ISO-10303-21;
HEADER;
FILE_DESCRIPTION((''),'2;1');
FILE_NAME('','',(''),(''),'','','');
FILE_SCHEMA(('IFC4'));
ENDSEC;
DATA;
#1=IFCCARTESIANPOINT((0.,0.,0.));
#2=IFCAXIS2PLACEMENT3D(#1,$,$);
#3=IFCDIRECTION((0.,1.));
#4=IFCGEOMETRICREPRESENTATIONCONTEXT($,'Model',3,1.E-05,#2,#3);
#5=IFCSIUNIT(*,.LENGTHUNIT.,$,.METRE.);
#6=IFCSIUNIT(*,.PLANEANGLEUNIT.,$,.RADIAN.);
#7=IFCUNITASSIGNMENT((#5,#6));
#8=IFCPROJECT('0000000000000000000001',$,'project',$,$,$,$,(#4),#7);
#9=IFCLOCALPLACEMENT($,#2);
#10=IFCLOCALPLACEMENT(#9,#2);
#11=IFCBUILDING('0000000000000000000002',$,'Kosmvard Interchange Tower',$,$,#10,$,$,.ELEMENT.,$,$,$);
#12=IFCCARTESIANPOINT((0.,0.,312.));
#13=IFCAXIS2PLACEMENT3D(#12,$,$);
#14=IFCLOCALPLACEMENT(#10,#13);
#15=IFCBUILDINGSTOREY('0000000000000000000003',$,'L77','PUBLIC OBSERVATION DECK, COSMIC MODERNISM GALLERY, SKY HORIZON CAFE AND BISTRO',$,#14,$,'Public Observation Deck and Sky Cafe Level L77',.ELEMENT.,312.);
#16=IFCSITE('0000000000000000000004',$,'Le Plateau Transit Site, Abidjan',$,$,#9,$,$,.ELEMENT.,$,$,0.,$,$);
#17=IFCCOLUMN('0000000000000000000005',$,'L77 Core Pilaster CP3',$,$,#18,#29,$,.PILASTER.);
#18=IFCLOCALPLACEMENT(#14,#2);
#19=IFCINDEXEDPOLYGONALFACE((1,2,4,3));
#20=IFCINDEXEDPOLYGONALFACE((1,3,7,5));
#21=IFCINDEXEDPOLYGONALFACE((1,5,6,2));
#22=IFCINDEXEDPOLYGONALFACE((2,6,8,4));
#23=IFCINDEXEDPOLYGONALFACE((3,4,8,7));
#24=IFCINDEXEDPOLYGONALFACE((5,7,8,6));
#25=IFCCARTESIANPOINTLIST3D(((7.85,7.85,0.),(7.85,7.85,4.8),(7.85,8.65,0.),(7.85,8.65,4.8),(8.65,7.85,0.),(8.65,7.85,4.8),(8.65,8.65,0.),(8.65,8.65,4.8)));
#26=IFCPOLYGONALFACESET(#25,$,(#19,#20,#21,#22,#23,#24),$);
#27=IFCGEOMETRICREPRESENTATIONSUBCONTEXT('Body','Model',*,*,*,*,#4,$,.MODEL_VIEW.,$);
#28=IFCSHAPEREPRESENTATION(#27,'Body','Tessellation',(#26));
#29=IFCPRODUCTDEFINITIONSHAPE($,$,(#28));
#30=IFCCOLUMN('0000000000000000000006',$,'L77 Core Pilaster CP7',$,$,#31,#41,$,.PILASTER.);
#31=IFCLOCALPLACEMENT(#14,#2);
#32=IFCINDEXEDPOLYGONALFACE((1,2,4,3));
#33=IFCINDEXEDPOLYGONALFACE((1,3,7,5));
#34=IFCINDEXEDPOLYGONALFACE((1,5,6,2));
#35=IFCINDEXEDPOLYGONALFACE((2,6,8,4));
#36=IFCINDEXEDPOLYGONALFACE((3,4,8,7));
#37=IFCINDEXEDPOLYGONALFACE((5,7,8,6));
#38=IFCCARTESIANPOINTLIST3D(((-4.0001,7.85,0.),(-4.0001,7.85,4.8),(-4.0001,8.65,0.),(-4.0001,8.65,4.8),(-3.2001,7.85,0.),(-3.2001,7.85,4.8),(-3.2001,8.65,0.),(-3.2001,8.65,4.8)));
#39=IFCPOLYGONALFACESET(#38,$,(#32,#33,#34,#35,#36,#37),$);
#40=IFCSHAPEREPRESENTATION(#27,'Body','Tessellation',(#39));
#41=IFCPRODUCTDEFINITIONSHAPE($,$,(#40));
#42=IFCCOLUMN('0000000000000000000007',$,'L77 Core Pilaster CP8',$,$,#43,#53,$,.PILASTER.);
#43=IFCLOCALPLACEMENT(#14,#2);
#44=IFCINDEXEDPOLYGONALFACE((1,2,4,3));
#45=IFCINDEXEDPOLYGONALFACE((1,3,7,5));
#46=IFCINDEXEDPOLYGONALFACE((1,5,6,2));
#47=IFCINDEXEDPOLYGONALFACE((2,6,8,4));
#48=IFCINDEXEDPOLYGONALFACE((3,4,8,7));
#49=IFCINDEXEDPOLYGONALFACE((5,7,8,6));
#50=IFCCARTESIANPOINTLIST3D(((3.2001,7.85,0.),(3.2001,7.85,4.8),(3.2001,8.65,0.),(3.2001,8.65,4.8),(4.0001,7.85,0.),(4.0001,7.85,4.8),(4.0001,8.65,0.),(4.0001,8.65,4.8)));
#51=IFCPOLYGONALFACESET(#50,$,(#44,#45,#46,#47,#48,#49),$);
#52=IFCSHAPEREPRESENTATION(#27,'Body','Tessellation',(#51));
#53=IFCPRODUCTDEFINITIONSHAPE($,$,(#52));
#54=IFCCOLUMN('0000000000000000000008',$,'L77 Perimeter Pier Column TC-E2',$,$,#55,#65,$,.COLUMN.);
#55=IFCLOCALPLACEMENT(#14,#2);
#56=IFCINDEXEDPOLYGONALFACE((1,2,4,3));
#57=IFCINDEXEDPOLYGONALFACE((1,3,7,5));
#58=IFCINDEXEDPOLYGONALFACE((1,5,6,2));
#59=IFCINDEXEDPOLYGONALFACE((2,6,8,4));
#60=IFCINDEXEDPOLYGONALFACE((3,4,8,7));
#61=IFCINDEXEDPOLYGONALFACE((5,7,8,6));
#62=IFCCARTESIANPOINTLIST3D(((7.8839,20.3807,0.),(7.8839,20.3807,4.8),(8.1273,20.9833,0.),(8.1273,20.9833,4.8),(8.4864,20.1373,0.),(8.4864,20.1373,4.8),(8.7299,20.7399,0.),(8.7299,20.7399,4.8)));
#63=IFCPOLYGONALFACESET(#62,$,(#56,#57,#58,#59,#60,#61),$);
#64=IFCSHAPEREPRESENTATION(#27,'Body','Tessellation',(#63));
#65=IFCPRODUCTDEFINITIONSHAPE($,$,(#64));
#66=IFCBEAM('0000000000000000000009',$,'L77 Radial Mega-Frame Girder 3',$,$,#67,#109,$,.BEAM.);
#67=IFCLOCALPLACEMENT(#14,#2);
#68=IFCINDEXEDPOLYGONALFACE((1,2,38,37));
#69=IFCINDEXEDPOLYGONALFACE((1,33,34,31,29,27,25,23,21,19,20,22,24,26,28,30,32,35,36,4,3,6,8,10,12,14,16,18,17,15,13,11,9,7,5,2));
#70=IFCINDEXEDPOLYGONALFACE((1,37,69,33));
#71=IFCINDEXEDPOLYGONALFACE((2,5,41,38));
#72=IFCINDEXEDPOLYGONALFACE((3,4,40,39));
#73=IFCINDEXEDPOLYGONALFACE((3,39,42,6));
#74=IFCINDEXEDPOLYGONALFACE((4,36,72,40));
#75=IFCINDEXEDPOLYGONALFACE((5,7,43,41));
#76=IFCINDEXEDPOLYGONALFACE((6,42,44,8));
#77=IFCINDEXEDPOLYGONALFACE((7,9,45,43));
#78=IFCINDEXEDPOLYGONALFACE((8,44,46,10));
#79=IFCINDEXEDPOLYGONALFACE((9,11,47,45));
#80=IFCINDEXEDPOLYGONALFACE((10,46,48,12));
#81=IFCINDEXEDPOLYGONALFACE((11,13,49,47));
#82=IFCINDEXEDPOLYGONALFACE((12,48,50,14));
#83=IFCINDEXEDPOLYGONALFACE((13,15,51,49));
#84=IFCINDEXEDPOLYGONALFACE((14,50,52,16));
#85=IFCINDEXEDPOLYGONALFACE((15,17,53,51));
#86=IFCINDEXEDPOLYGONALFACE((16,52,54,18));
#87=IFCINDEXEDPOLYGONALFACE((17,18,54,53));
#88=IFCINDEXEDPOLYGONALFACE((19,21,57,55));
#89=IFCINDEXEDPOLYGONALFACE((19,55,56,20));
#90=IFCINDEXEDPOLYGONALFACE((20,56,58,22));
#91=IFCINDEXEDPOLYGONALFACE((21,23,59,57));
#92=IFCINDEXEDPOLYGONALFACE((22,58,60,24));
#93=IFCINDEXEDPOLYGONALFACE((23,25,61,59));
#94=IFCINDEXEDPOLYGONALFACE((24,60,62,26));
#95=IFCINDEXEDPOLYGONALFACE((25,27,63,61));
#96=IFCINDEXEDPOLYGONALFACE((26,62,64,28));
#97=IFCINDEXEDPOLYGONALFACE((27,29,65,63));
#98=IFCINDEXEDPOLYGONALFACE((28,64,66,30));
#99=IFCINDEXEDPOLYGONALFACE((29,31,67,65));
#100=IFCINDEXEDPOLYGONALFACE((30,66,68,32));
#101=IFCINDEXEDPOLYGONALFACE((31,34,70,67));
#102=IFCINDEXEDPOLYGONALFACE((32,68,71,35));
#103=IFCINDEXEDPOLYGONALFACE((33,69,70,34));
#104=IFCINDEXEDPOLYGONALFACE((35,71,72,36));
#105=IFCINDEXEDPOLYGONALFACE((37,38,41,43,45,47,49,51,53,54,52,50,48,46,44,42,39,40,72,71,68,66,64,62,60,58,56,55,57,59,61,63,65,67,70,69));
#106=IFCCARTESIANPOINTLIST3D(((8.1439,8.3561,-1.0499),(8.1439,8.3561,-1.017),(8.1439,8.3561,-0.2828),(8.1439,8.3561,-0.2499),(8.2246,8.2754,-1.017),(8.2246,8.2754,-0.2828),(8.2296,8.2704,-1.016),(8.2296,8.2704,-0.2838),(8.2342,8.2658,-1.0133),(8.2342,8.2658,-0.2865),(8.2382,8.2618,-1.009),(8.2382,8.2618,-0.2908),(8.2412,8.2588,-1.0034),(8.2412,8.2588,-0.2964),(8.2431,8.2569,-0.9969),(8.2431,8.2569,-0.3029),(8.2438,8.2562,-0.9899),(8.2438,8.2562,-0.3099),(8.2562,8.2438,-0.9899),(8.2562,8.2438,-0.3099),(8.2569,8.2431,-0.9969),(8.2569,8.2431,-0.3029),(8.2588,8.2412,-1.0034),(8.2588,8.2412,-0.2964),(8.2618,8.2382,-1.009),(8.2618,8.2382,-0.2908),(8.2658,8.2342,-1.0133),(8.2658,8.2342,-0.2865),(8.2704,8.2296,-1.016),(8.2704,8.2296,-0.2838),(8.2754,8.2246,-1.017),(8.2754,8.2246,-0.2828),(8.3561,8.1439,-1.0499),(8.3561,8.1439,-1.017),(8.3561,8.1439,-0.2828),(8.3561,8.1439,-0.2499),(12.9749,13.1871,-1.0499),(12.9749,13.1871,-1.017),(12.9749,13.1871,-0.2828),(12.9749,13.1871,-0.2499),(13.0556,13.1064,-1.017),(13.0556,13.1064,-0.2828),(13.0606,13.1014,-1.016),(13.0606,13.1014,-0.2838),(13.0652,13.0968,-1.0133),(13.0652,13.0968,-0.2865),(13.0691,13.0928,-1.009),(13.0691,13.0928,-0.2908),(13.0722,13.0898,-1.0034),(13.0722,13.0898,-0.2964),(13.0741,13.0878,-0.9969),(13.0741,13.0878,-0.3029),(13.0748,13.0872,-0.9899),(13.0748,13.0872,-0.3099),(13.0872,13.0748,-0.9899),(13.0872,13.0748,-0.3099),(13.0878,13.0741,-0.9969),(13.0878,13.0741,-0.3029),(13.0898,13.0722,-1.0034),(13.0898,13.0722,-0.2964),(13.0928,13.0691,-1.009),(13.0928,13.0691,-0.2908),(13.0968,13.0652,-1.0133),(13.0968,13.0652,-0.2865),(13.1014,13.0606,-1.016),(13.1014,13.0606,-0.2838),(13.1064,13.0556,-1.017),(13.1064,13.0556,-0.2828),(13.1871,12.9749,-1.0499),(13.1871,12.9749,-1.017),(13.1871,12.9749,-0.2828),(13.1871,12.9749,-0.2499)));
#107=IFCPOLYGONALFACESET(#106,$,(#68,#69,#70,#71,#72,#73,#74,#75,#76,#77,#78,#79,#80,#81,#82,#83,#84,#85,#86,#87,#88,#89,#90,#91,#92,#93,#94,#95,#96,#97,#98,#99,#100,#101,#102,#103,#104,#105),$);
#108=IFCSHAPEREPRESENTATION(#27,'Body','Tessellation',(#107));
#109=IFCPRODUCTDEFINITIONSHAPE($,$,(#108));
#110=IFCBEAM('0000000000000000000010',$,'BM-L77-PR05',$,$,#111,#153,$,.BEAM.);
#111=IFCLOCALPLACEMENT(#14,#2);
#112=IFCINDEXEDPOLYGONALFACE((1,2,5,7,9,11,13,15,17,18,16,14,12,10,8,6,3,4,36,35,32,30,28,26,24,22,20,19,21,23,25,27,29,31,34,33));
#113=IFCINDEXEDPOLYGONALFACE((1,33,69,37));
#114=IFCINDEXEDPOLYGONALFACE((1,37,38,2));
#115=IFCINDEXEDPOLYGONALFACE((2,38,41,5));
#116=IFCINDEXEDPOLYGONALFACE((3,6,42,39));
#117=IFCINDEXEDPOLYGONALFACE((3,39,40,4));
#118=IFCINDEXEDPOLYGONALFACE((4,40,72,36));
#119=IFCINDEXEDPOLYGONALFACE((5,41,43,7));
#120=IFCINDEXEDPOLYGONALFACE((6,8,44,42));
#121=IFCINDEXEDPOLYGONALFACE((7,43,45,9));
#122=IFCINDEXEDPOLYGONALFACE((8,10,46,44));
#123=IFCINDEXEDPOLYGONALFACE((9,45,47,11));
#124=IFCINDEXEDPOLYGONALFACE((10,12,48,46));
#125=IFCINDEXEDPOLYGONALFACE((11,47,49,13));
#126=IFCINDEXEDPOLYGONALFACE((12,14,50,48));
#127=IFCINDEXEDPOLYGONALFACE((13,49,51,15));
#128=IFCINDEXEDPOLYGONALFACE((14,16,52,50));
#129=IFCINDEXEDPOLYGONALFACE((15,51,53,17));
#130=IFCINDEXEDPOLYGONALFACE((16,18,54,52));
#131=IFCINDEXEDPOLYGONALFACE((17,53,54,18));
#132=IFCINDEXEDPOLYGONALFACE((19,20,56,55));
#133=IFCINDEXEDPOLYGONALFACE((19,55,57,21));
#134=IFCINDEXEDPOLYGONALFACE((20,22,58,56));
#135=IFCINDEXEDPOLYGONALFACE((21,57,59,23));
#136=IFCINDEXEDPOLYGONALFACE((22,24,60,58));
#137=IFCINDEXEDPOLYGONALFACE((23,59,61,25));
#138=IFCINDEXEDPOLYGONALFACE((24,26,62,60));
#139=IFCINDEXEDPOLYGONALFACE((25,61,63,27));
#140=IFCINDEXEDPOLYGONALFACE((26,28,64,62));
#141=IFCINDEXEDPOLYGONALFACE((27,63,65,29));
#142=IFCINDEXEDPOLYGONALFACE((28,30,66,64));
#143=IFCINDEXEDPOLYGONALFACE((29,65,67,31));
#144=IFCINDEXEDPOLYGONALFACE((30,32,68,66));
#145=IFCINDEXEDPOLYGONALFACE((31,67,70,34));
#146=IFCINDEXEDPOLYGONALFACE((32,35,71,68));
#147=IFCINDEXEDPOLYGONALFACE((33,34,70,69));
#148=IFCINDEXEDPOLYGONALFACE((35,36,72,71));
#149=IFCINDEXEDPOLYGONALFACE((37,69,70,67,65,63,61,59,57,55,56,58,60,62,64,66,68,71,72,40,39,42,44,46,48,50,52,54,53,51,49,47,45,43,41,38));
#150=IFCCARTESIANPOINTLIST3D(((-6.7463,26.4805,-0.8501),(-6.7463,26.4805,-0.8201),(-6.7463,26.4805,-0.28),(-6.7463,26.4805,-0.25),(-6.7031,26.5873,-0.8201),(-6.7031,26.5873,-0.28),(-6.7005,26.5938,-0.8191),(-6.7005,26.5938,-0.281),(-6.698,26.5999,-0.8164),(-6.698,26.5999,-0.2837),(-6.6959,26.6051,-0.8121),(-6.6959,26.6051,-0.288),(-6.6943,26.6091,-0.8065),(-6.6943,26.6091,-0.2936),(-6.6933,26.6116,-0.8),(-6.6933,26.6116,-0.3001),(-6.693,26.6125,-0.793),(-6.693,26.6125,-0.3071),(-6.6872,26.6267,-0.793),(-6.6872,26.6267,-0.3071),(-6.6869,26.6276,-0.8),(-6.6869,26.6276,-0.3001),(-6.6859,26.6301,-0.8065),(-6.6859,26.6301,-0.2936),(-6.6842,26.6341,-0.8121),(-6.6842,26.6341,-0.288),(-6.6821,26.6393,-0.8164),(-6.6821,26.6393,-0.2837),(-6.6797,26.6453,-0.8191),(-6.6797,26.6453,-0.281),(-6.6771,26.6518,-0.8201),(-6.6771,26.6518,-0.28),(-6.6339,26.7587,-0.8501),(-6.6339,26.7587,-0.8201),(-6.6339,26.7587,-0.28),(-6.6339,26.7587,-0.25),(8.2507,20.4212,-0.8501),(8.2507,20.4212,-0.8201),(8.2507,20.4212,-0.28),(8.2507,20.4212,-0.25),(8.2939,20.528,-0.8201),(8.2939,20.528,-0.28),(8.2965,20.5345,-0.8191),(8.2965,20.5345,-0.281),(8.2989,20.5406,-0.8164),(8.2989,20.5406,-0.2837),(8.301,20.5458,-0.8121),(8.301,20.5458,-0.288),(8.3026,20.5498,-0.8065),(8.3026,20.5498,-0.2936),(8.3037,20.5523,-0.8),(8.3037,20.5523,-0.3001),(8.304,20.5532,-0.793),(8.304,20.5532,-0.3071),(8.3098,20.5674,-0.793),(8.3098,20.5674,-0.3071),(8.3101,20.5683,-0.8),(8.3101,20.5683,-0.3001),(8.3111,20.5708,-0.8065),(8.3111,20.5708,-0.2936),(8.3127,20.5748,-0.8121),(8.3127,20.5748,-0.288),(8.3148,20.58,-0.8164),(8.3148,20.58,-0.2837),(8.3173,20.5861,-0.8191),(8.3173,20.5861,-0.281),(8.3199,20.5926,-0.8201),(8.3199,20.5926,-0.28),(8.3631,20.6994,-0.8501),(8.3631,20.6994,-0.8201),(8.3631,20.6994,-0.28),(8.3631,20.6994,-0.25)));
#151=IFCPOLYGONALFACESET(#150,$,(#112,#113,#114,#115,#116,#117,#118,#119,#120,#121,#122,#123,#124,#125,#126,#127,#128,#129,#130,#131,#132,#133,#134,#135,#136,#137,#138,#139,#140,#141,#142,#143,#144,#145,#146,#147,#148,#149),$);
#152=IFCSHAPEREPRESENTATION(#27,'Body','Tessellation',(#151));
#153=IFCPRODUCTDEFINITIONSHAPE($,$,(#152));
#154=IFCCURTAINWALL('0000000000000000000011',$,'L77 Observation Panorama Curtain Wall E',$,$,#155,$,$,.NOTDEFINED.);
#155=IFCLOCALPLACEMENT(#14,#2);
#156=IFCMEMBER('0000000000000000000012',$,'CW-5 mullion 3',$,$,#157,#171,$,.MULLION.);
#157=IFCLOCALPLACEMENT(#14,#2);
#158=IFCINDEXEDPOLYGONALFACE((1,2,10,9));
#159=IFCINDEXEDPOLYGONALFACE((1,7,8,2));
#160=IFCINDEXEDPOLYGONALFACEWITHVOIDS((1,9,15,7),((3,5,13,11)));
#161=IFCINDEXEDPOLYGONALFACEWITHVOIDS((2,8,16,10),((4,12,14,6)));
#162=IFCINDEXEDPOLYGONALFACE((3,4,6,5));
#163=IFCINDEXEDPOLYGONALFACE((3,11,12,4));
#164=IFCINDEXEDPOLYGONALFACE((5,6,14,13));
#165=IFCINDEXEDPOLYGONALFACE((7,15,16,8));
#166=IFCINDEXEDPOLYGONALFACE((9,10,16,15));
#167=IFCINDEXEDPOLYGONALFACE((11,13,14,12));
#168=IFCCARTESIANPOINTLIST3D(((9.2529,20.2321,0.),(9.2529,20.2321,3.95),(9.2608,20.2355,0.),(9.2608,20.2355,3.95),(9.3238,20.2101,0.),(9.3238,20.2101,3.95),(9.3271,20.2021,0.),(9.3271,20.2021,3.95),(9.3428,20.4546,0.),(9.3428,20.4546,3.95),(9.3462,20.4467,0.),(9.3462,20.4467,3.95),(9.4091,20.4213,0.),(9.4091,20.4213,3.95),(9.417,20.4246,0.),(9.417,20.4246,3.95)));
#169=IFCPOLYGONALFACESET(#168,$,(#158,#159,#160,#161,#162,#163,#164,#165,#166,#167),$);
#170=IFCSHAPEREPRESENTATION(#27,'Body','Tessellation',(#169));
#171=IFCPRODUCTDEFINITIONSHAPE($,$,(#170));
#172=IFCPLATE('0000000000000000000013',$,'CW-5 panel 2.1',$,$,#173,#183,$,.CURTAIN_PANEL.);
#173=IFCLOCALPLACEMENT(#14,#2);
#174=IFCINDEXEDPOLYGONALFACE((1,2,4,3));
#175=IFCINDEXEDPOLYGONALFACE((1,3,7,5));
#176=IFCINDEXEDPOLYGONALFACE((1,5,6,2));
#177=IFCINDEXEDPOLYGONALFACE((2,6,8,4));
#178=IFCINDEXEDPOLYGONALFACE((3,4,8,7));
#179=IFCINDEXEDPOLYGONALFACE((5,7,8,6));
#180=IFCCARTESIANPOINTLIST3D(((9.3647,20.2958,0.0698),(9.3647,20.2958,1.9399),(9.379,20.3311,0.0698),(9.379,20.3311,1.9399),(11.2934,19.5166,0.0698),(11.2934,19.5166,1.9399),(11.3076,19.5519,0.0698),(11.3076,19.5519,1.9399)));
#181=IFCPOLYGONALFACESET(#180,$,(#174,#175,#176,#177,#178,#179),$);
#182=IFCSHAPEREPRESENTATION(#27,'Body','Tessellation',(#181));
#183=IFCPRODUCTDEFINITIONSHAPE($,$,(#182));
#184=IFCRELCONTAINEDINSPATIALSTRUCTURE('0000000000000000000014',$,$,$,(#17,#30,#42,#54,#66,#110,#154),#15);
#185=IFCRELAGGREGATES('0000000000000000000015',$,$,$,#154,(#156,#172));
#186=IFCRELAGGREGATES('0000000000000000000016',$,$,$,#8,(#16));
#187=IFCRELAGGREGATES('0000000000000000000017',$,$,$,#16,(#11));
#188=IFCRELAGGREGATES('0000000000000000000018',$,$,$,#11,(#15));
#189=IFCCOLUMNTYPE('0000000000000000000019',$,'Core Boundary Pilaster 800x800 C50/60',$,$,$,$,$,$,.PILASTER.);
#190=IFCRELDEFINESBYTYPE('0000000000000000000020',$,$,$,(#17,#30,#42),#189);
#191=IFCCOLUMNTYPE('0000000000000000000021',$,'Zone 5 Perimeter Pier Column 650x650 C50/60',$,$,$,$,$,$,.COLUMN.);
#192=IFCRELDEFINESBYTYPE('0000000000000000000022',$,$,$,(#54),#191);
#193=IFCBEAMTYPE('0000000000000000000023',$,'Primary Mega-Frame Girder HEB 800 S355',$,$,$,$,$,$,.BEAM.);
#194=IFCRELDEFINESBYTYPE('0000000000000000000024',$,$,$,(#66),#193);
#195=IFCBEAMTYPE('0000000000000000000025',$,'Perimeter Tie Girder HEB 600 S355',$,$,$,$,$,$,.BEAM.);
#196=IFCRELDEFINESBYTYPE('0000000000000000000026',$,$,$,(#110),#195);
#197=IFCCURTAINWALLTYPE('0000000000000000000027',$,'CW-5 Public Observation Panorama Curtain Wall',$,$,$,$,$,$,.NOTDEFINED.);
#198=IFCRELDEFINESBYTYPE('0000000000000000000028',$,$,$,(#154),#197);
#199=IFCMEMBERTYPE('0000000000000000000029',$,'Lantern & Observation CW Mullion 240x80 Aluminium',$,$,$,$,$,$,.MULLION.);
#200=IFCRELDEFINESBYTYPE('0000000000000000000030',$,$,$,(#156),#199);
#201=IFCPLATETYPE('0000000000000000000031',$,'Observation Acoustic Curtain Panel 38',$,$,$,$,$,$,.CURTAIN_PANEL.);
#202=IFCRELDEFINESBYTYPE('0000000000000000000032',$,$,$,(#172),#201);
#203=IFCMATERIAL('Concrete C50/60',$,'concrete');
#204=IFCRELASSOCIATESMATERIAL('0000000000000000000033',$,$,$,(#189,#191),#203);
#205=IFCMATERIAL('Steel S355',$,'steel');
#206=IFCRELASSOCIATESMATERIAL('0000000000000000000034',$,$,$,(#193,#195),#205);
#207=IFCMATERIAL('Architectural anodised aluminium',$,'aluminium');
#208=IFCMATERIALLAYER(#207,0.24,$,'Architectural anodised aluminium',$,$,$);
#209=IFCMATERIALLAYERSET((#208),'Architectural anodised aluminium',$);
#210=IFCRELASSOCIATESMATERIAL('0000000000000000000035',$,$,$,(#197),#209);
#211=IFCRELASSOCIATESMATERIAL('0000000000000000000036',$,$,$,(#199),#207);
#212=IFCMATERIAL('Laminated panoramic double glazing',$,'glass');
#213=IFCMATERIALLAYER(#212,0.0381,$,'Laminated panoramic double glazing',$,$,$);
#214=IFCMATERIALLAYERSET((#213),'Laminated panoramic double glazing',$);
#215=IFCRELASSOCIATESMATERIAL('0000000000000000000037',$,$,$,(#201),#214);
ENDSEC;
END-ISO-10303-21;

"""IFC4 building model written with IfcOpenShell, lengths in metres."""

from ifc_helpers import new_model, si_unit, direction, frame, origin, origin_2d, place, context, subcontext, project, spatial, rectangle, hollow_rectangle, i_section, extrude, source, transform, mapped, material, layer, layer_set, material_profile, profile_set, type_object, element, aggregate, save


model = new_model("IFC4")

# Units and contexts
model_context = context("Model", 3, precision=1e-05, world=origin(), true_north=direction((0.0, 1.0)))
body_context = subcontext(model_context, "Body", "Model", "MODEL_VIEW")
ifc_project = project(units=[si_unit("LENGTHUNIT", "METRE"), si_unit("PLANEANGLEUNIT", "RADIAN")], contexts=[model_context])

# Site, building, storey
site_placement = place(None, origin())
site = spatial("IfcSite", under=ifc_project, at=site_placement, Name="Le Plateau Transit Site, Abidjan", CompositionType="ELEMENT", RefElevation=0.0)
building_placement = place(site_placement, origin())
building = spatial("IfcBuilding", under=site, at=building_placement, Name="Kosmvard Interchange Tower", CompositionType="ELEMENT")
storey_placement = place(building_placement, frame((0.0, 0.0, 312.0)))
storey = spatial("IfcBuildingStorey", under=building, at=storey_placement, Name="L77", Description="PUBLIC OBSERVATION DECK, COSMIC MODERNISM GALLERY, SKY HORIZON CAFE AND BISTRO", LongName="Public Observation Deck and Sky Cafe Level L77", CompositionType="ELEMENT", Elevation=312.0)

# Columns
ifc_material_1 = material(Name="Concrete C50/60", Category="concrete")
ifc_material_profile_1 = material_profile(ifc_material_1, rectangle(XDim=0.8, YDim=0.8, at=origin_2d()), Name="CP 800x800")
ifc_profile_set_1 = profile_set([ifc_material_profile_1], Name="Concrete C50/60")
column_type_1 = type_object("IfcColumnType", Name="Core Boundary Pilaster 800x800 C50/60", PredefinedType="PILASTER", material=ifc_profile_set_1)
shared_shape_1 = source(origin(), body_context, "Body", "SweptSolid", [
    extrude(rectangle(XDim=0.8, YDim=0.8, at=origin_2d()), origin(), (0.0, 0.0, 1.0), 4.8),
])
for number, where, z_axis, x_axis, name in (
    (1, (8.25, 8.25, 0.0), (0.0, 0.0, 1.0), (1.0, 0.0, 0.0), "L77 Core Pilaster CP3"),
    (2, (-3.6001, 8.25, 0.0), (0.0, 0.0, 1.0), (1.0, 0.0, 0.0), "L77 Core Pilaster CP7"),
    (3, (3.6001, 8.25, 0.0), (0.0, 0.0, 1.0), (1.0, 0.0, 0.0), "L77 Core Pilaster CP8"),
):
    element("IfcColumn", number, at=place(storey_placement, frame(where, z_axis=z_axis, x_axis=x_axis)), inside=storey, type_object=column_type_1, Name=name, PredefinedType="PILASTER", context=body_context, shape_type="MappedRepresentation", body=[
        mapped(shared_shape_1, transform((0.0, 0.0, 0.0), scale=1.0)),
    ])
ifc_material_profile_2 = material_profile(ifc_material_1, rectangle(XDim=0.6499, YDim=0.6499, at=origin_2d()), Name="TC 650x650")
ifc_profile_set_2 = profile_set([ifc_material_profile_2], Name="Concrete C50/60")
column_type_2 = type_object("IfcColumnType", Name="Zone 5 Perimeter Pier Column 650x650 C50/60", PredefinedType="COLUMN", material=ifc_profile_set_2)
shared_shape_2 = source(origin(), body_context, "Body", "SweptSolid", [
    extrude(rectangle(XDim=0.6499, YDim=0.6499, at=origin_2d()), origin(), (0.0, 0.0, 1.0), 4.8),
])
column_placement = place(storey_placement, frame((8.3069, 20.5603, 0.0), z_axis=(0.0, 0.0, 1.0), x_axis=(0.374607, 0.927184, 0.0)))
element("IfcColumn", 4, at=column_placement, inside=storey, type_object=column_type_2, Name="L77 Perimeter Pier Column TC-E2", PredefinedType="COLUMN", context=body_context, shape_type="MappedRepresentation", body=[
    mapped(shared_shape_2, transform((0.0, 0.0, 0.0), scale=1.0)),
])

# Beams
ifc_material_2 = material(Name="Steel S355", Category="steel")
ifc_material_profile_3 = material_profile(ifc_material_2, i_section(OverallWidth=0.3, OverallDepth=0.8, WebThickness=0.0176, FlangeThickness=0.033, FilletRadius=0.0271, at=origin_2d()), Name="HEB 800")
ifc_profile_set_3 = profile_set([ifc_material_profile_3], Name="Steel S355")
beam_type_1 = type_object("IfcBeamType", Name="Primary Mega-Frame Girder HEB 800 S355", PredefinedType="BEAM", material=ifc_profile_set_3)
shared_shape_3 = source(origin(), body_context, "Body", "SweptSolid", [
    extrude(i_section(OverallWidth=0.3, OverallDepth=0.8, WebThickness=0.0176, FlangeThickness=0.033, FilletRadius=0.0271, at=origin_2d()), origin(), (0.0, 0.0, 1.0), 6.832),
])
beam_1_placement = place(storey_placement, frame((8.25, 8.25, -0.6499), z_axis=(0.707107, 0.707107, 0.0), x_axis=(-0.707107, 0.707107, 0.0)))
element("IfcBeam", 5, at=beam_1_placement, inside=storey, type_object=beam_type_1, Name="L77 Radial Mega-Frame Girder 3", PredefinedType="BEAM", context=body_context, shape_type="MappedRepresentation", body=[
    mapped(shared_shape_3, transform((0.0, 0.0, 0.0), scale=1.0)),
])
ifc_material_profile_4 = material_profile(ifc_material_2, i_section(OverallWidth=0.3, OverallDepth=0.6001, WebThickness=0.0154, FlangeThickness=0.03, FilletRadius=0.0271, at=origin_2d()), Name="HEB 600")
ifc_profile_set_4 = profile_set([ifc_material_profile_4], Name="Steel S355")
beam_type_2 = type_object("IfcBeamType", Name="Perimeter Tie Girder HEB 600 S355", PredefinedType="BEAM", material=ifc_profile_set_4)
shared_shape_4 = source(origin(), body_context, "Body", "SweptSolid", [
    extrude(i_section(OverallWidth=0.3, OverallDepth=0.6001, WebThickness=0.0154, FlangeThickness=0.03, FilletRadius=0.0271, at=origin_2d()), origin(), (0.0, 0.0, 1.0), 16.1748),
])
beam_2_placement = place(storey_placement, frame((8.3069, 20.5603, -0.55), z_axis=(-0.927181, 0.374613, 0.0), x_axis=(-0.374613, -0.927181, 0.0)))
element("IfcBeam", 6, at=beam_2_placement, inside=storey, type_object=beam_type_2, Name="BM-L77-PR05", PredefinedType="BEAM", context=body_context, shape_type="MappedRepresentation", body=[
    mapped(shared_shape_4, transform((0.0, 0.0, 0.0), scale=1.0)),
])

# Curtain wall, member, plate
ifc_material_3 = material(Name="Architectural anodised aluminium", Category="aluminium")
ifc_layer_1 = layer(ifc_material_3, 0.24, Name="Architectural anodised aluminium")
ifc_layer_set_1 = layer_set([ifc_layer_1], Name="Architectural anodised aluminium")
curtain_wall_type = type_object("IfcCurtainWallType", Name="CW-5 Public Observation Panorama Curtain Wall", PredefinedType="NOTDEFINED", material=ifc_layer_set_1)
curtain_wall_placement = place(storey_placement, origin())
curtain_wall = element("IfcCurtainWall", 7, at=curtain_wall_placement, inside=storey, type_object=curtain_wall_type, Name="L77 Observation Panorama Curtain Wall E", PredefinedType="NOTDEFINED")
ifc_material_profile_5 = material_profile(ifc_material_3, hollow_rectangle(XDim=0.24, YDim=0.0801, WallThickness=0.0061, at=origin_2d()), Name="CWM 240x80x6")
ifc_profile_set_5 = profile_set([ifc_material_profile_5], Name="Architectural anodised aluminium")
member_type = type_object("IfcMemberType", Name="Lantern & Observation CW Mullion 240x80 Aluminium", PredefinedType="MULLION", material=ifc_profile_set_5)
shared_shape_5 = source(origin(), body_context, "Body", "SweptSolid", [
    extrude(hollow_rectangle(XDim=0.24, YDim=0.0801, WallThickness=0.0061, at=origin_2d()), origin(), (0.0, 0.0, 1.0), 3.95),
])
member_placement = place(storey_placement, frame((9.335, 20.3284, 0.0), z_axis=(0.0, 0.0, 1.0), x_axis=(-0.374607, -0.927184, 0.0)))
member = element("IfcMember", 8, at=member_placement, type_object=member_type, Name="CW-5 mullion 3", PredefinedType="MULLION", context=body_context, shape_type="MappedRepresentation", body=[
    mapped(shared_shape_5, transform((0.0, 0.0, 0.0), scale=1.0)),
])
ifc_material_4 = material(Name="Laminated panoramic double glazing", Category="glass")
ifc_layer_2 = layer(ifc_material_4, 0.0381, Name="Laminated panoramic double glazing")
ifc_layer_set_2 = layer_set([ifc_layer_2], Name="Laminated panoramic double glazing")
plate_type = type_object("IfcPlateType", Name="Observation Acoustic Curtain Panel 38", PredefinedType="CURTAIN_PANEL", material=ifc_layer_set_2)
shared_shape_6 = source(origin(), body_context, "Body", "SweptSolid", [
    extrude(rectangle(XDim=2.0801, YDim=0.0381, at=origin_2d()), origin(), (0.0, 0.0, 1.0), 1.8701),
])
plate_1_placement = place(storey_placement, frame((10.3362, 19.9238, 0.0698), z_axis=(0.0, 0.0, 1.0), x_axis=(-0.927184, 0.374607, 0.0)))
plate_1 = element("IfcPlate", 9, at=plate_1_placement, type_object=plate_type, Name="CW-5 panel 2.1", PredefinedType="CURTAIN_PANEL", context=body_context, shape_type="MappedRepresentation", body=[
    mapped(shared_shape_6, transform((0.0, 0.0, 0.0), scale=1.0)),
])
aggregate(curtain_wall, [member, plate_1])

save(model, "model.ifc")
